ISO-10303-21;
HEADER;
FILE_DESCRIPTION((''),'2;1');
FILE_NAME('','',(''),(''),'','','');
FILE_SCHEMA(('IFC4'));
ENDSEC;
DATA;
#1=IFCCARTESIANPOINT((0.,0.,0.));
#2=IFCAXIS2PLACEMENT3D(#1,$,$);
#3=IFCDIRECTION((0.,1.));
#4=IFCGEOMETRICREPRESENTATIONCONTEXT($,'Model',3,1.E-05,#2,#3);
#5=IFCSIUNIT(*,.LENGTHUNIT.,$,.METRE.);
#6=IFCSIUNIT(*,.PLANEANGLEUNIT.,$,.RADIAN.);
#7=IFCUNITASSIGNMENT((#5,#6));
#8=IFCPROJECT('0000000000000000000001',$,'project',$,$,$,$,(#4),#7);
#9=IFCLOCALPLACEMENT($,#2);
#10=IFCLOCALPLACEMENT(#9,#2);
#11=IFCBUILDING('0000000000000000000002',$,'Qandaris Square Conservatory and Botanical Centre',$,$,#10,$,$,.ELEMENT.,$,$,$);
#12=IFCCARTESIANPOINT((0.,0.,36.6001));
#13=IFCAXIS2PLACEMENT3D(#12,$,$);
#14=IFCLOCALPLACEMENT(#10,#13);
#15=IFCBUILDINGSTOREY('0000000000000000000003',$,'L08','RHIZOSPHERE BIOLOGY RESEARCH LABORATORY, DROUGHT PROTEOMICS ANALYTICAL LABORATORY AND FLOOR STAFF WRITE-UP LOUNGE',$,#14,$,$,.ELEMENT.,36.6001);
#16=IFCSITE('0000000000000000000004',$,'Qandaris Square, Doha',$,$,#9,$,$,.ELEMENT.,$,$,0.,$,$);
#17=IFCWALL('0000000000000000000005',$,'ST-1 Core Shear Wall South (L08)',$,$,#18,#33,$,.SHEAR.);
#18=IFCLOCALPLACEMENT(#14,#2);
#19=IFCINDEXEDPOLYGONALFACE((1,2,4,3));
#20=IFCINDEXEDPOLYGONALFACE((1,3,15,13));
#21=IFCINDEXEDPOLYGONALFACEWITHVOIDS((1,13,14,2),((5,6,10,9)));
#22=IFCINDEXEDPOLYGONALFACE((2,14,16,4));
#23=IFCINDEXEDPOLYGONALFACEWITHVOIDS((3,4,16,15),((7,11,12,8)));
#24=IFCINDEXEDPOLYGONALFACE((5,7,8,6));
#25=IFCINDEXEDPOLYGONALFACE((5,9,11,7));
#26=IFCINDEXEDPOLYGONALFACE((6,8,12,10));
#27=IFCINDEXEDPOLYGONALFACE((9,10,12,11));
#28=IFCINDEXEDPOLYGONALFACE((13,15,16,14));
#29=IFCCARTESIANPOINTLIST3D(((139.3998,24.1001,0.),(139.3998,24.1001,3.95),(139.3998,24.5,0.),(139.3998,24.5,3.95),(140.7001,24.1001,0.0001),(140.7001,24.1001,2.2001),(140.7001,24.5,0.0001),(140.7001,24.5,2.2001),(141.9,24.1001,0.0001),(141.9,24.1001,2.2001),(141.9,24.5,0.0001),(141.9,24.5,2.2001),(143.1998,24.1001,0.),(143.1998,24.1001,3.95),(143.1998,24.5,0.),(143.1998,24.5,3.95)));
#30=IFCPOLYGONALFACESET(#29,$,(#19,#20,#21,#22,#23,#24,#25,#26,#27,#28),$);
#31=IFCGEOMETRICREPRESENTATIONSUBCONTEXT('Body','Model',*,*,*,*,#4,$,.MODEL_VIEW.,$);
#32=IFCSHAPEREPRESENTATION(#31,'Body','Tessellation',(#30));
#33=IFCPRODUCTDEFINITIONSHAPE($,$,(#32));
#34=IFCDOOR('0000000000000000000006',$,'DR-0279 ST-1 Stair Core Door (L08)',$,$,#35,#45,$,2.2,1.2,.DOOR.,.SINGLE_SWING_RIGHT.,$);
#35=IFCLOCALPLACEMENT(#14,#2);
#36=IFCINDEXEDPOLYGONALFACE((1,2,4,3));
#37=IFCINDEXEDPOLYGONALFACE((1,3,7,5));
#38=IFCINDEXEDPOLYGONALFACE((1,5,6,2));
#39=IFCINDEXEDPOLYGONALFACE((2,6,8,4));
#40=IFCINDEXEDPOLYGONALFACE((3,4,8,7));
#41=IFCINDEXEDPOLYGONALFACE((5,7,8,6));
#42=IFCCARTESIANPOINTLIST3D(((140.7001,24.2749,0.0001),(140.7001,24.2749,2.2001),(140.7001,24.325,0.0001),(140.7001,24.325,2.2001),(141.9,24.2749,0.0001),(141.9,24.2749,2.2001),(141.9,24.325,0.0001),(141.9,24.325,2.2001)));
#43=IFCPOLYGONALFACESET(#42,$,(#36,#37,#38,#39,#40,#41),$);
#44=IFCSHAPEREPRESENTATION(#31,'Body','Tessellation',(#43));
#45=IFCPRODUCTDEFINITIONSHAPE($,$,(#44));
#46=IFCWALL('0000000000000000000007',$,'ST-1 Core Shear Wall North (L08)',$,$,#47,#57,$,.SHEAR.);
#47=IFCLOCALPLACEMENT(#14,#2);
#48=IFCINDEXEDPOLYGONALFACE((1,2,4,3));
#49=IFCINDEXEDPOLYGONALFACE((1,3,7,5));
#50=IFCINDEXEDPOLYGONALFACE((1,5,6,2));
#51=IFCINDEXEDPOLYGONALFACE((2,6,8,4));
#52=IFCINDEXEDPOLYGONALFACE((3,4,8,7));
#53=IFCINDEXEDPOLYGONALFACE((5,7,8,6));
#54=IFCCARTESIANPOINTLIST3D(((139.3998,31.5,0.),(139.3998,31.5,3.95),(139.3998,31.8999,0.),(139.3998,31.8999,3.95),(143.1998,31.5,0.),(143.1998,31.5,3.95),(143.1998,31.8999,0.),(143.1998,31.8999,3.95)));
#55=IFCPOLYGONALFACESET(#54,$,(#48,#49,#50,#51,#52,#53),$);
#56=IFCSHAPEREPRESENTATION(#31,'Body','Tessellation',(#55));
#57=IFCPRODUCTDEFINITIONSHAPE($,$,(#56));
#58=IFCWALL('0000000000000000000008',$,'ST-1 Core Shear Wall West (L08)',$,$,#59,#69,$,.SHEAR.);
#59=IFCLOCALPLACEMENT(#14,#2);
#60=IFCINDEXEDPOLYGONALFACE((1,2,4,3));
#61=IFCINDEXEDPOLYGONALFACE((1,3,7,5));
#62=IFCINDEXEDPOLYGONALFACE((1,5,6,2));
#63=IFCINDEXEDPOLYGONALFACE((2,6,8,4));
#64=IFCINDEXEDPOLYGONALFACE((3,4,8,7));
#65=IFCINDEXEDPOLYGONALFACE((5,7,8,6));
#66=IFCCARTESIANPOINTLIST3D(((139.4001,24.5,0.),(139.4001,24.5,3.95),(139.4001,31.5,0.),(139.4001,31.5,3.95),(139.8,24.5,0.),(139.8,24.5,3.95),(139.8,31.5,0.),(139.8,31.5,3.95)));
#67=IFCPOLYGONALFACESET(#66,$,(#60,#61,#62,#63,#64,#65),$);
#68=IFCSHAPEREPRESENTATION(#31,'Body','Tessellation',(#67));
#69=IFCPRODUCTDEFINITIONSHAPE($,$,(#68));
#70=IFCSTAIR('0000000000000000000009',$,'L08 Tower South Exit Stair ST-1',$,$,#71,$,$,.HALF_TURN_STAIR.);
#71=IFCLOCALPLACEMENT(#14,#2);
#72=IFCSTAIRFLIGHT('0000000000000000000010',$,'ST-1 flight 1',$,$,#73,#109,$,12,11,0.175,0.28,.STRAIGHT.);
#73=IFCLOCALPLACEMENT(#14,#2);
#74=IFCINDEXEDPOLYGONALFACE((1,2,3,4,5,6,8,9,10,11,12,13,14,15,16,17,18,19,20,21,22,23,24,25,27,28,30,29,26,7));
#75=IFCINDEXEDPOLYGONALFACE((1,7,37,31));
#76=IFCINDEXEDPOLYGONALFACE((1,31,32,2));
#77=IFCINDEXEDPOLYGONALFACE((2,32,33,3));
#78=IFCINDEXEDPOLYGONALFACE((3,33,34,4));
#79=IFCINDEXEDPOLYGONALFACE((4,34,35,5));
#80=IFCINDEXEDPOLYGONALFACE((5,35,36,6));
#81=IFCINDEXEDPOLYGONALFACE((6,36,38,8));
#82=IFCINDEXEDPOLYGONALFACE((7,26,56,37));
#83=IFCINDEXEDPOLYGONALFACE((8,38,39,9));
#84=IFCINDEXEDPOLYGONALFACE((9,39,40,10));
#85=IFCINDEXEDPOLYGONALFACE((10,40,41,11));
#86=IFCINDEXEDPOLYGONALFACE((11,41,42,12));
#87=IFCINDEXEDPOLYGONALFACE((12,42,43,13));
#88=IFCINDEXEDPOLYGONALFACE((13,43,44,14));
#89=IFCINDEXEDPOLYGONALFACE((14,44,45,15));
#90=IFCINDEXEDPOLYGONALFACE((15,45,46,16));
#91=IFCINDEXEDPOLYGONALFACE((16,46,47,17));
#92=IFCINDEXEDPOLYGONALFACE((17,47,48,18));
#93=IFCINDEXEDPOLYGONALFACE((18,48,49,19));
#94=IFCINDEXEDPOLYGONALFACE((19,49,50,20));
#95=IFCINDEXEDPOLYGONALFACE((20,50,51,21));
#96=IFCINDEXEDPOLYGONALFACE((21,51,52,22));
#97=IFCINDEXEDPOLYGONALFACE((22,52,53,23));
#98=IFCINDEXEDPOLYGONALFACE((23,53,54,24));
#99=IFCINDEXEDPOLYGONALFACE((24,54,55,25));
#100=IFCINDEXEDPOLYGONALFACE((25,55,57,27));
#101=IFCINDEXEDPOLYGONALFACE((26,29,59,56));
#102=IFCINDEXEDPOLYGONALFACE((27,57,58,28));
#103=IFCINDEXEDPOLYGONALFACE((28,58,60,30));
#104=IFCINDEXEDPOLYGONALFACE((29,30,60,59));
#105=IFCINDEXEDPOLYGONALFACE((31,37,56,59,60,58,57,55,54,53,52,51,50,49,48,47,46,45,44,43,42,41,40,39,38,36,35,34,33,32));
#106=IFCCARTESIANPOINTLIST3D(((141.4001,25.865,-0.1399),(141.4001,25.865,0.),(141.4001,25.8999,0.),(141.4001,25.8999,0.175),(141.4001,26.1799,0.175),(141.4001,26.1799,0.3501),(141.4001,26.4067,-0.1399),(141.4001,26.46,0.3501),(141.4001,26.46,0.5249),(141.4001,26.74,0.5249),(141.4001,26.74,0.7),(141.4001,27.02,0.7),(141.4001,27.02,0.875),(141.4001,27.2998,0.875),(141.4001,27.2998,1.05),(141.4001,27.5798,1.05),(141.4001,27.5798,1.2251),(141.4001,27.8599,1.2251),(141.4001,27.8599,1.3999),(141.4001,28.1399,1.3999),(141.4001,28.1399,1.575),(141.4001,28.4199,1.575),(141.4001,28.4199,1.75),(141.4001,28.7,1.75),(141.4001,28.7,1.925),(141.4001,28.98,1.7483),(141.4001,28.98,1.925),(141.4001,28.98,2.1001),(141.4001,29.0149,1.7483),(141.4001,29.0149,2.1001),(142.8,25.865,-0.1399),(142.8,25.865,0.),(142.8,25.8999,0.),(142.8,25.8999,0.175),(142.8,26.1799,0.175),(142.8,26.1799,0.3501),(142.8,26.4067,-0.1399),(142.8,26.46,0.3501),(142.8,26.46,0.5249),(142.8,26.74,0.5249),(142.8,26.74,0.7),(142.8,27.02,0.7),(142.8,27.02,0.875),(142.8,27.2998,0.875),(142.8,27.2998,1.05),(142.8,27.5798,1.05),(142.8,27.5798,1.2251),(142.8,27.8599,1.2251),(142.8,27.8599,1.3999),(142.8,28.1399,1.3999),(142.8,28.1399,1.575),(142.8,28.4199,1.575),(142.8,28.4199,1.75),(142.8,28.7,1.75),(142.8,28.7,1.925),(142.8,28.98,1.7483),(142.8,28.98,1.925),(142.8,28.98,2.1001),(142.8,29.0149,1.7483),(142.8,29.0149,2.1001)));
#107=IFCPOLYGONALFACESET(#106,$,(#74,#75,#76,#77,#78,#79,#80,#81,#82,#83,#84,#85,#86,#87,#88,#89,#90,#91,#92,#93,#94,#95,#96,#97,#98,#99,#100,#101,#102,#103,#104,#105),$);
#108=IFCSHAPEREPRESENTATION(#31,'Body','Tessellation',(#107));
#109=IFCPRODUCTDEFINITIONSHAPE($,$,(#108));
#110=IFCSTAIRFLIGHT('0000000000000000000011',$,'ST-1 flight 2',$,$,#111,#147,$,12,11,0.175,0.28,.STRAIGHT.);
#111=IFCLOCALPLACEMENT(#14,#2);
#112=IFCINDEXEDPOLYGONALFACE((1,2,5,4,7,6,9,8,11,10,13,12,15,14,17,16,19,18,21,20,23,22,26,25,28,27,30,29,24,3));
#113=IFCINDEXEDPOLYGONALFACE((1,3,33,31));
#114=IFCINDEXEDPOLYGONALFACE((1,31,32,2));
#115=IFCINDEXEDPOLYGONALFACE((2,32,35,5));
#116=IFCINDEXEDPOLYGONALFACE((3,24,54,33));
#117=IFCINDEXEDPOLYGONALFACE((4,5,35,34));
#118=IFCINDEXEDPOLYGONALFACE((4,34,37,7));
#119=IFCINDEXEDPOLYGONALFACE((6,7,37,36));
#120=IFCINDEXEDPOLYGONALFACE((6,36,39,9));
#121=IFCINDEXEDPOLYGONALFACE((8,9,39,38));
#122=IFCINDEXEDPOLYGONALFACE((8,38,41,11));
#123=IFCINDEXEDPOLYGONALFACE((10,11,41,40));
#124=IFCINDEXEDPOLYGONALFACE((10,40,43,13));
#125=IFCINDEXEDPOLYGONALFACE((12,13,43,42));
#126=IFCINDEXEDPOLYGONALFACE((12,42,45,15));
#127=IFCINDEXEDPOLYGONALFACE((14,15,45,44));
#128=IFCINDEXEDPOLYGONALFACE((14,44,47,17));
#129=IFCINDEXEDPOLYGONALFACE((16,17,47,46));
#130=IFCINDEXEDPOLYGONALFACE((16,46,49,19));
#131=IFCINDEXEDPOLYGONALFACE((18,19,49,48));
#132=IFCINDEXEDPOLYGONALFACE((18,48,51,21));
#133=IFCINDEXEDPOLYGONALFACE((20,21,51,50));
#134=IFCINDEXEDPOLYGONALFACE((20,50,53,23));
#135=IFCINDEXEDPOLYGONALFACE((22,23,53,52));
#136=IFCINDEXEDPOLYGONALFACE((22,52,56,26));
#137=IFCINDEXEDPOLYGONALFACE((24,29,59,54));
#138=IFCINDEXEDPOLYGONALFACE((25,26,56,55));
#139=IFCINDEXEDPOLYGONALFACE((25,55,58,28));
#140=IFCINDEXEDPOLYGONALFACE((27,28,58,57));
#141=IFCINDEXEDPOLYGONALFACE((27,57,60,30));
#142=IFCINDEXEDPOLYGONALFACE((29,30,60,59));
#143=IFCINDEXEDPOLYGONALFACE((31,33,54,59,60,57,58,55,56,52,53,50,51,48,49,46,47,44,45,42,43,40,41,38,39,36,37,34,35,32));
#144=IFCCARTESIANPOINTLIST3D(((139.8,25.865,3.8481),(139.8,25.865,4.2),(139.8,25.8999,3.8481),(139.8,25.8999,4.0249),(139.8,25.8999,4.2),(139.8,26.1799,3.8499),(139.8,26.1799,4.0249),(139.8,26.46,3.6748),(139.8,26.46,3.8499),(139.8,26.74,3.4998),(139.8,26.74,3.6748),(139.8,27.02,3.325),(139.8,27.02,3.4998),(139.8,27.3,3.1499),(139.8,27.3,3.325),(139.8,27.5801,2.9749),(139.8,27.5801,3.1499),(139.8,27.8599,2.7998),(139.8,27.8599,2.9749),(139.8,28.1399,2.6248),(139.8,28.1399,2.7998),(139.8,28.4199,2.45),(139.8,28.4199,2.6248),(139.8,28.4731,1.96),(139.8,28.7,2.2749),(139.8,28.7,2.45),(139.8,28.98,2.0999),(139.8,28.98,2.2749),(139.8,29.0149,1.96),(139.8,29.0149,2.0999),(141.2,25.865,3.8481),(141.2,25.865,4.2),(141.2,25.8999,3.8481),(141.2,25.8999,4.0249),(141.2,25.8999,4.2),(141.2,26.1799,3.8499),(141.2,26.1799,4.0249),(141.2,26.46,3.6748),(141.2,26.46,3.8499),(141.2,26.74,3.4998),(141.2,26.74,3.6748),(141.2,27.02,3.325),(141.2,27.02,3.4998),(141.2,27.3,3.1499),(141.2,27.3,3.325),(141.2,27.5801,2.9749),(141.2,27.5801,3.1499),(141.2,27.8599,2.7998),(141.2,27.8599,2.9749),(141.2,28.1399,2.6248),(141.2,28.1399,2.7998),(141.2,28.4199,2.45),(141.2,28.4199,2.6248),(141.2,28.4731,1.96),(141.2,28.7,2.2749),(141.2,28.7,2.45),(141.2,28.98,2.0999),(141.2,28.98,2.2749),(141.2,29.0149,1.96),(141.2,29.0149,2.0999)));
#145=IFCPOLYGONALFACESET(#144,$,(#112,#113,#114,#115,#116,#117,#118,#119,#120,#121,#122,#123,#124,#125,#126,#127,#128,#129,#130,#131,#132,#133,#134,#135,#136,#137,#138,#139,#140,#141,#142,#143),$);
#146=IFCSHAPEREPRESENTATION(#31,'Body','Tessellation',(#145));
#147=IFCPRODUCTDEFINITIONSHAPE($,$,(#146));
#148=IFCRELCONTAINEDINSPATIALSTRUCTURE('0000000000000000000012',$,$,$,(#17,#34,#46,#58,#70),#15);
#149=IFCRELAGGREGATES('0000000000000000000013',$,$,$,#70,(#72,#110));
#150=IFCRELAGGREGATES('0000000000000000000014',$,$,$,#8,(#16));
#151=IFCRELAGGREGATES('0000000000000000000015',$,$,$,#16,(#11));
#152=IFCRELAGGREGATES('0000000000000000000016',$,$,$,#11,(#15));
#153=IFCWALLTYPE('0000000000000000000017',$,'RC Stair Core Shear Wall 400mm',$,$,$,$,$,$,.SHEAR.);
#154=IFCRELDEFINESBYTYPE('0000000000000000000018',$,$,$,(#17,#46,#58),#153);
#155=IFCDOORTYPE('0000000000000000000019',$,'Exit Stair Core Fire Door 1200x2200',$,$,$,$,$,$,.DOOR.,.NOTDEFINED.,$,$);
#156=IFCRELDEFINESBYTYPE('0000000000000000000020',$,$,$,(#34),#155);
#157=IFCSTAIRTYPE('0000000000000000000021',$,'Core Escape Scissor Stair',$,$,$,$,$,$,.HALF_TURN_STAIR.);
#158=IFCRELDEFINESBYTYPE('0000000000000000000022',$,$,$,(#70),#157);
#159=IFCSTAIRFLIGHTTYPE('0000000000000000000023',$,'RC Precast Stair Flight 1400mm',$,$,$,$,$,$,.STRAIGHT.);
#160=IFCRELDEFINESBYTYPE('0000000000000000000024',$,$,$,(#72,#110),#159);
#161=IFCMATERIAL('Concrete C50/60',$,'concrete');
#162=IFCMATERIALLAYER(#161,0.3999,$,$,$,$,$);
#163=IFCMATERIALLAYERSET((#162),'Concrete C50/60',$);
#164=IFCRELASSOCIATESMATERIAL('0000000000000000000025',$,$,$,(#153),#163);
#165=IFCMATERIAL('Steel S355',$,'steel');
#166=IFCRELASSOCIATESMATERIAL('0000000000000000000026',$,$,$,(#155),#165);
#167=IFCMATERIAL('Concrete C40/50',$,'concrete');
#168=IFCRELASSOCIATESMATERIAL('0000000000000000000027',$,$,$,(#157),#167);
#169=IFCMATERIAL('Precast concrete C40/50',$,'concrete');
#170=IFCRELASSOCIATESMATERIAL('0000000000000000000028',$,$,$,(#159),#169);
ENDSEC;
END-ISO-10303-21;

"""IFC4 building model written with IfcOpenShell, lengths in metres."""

from ifc_helpers import new_model, si_unit, direction, frame, frame_2d, origin, place, context, subcontext, project, spatial, polyline, rectangle, outline, extrude, material, layer, layer_set, type_object, element, fill, aggregate, save


model = new_model("IFC4")

# Units and contexts
model_context = context("Model", 3, precision=1e-05, world=origin(), true_north=direction((0.0, 1.0)))
body_context = subcontext(model_context, "Body", "Model", "MODEL_VIEW")
ifc_project = project(units=[si_unit("LENGTHUNIT", "METRE"), si_unit("PLANEANGLEUNIT", "RADIAN")], contexts=[model_context])

# Site, building, storey
site_placement = place(None, origin())
site = spatial("IfcSite", under=ifc_project, at=site_placement, Name="Qandaris Square, Doha", CompositionType="ELEMENT", RefElevation=0.0)
building_placement = place(site_placement, origin())
building = spatial("IfcBuilding", under=site, at=building_placement, Name="Qandaris Square Conservatory and Botanical Centre", CompositionType="ELEMENT")
storey_placement = place(building_placement, frame((0.0, 0.0, 36.6001)))
storey = spatial("IfcBuildingStorey", under=building, at=storey_placement, Name="L08", Description="RHIZOSPHERE BIOLOGY RESEARCH LABORATORY, DROUGHT PROTEOMICS ANALYTICAL LABORATORY AND FLOOR STAFF WRITE-UP LOUNGE", CompositionType="ELEMENT", Elevation=36.6001)

# Shared definitions
ifc_material_1 = material(Name="Concrete C50/60", Category="concrete")

# Shared definitions
ifc_material_2 = material(Name="Steel S355", Category="steel")

# Shared definitions
ifc_material_3 = material(Name="Precast concrete C40/50", Category="concrete")

# Wall, opening, door
ifc_layer_1 = layer(ifc_material_1, 0.3999)
ifc_layer_set_1 = layer_set([ifc_layer_1], Name="Concrete C50/60")
wall_type_1 = type_object("IfcWallType", Name="RC Stair Core Shear Wall 400mm", PredefinedType="SHEAR", material=ifc_layer_set_1)
wall_1_placement = place(storey_placement, frame((139.3999, 24.3, 0.0), z_axis=(0.0, 0.0, 1.0), x_axis=(1.0, 0.0, 0.0)))
wall_1 = element("IfcWall", 1, at=wall_1_placement, inside=storey, type_object=wall_type_1, Name="ST-1 Core Shear Wall South (L08)", PredefinedType="SHEAR", context=body_context, shape_type="SweptSolid", body=[
    extrude(rectangle(XDim=3.8, YDim=0.3999, at=frame_2d((1.8999, 0.0))), origin(), (0.0, 0.0, 1.0), 3.95),
])
opening_1_placement = place(wall_1_placement, frame((1.3, 0.0, 0.0)))
opening_1 = element("IfcOpeningElement", 2, at=opening_1_placement, cuts=wall_1, PredefinedType="OPENING", context=body_context, shape_type="SweptSolid", body=[
    extrude(rectangle(XDim=1.2, YDim=2.2, at=frame_2d((0.6001, 1.1001))), frame((0.0, 0.2119, 0.0), z_axis=(0.0, -1.0, 0.0), x_axis=(1.0, 0.0, 0.0)), (0.0, 0.0, 1.0), 0.4238),
])
door_type = type_object("IfcDoorType", Name="Exit Stair Core Fire Door 1200x2200", OperationType="NOTDEFINED", PredefinedType="DOOR", material=ifc_material_2)
door_placement = place(opening_1_placement, origin())
door = element("IfcDoor", 3, at=door_placement, inside=storey, type_object=door_type, Name="DR-0279 ST-1 Stair Core Door (L08)", OperationType="SINGLE_SWING_RIGHT", OverallHeight=2.2, OverallWidth=1.2, PredefinedType="DOOR", context=body_context, shape_type="SweptSolid", body=[
    extrude(rectangle(XDim=1.2, YDim=2.2, at=frame_2d((0.6001, 1.1001))), frame((0.0, 0.0249, 0.0), z_axis=(0.0, -1.0, 0.0), x_axis=(1.0, 0.0, 0.0)), (0.0, 0.0, 1.0), 0.05),
])
fill(opening_1, door)

# Walls
wall_2_placement = place(storey_placement, frame((139.3999, 31.7, 0.0), z_axis=(0.0, 0.0, 1.0), x_axis=(1.0, 0.0, 0.0)))
element("IfcWall", 4, at=wall_2_placement, inside=storey, type_object=wall_type_1, Name="ST-1 Core Shear Wall North (L08)", PredefinedType="SHEAR", context=body_context, shape_type="SweptSolid", body=[
    extrude(rectangle(XDim=3.8, YDim=0.3999, at=frame_2d((1.8999, 0.0))), origin(), (0.0, 0.0, 1.0), 3.95),
])
wall_3_placement = place(storey_placement, frame((139.6001, 24.5, 0.0), z_axis=(0.0, 0.0, 1.0), x_axis=(0.0, 1.0, 0.0)))
element("IfcWall", 5, at=wall_3_placement, inside=storey, type_object=wall_type_1, Name="ST-1 Core Shear Wall West (L08)", PredefinedType="SHEAR", context=body_context, shape_type="SweptSolid", body=[
    extrude(rectangle(XDim=7.0, YDim=0.3999, at=frame_2d((3.5, 0.0))), origin(), (0.0, 0.0, 1.0), 3.95),
])

# Stair, stair flights
ifc_material_4 = material(Name="Concrete C40/50", Category="concrete")
stair_type = type_object("IfcStairType", Name="Core Escape Scissor Stair", PredefinedType="HALF_TURN_STAIR", material=ifc_material_4)
stair_placement = place(storey_placement, origin())
stair = element("IfcStair", 6, at=stair_placement, inside=storey, type_object=stair_type, Name="L08 Tower South Exit Stair ST-1", PredefinedType="HALF_TURN_STAIR")
stair_flight_type = type_object("IfcStairFlightType", Name="RC Precast Stair Flight 1400mm", PredefinedType="STRAIGHT", material=ifc_material_3)
stair_flight_1_placement = place(storey_placement, frame((142.1001, 25.8999, 0.0), z_axis=(0.0, 0.0, 1.0), x_axis=(0.0, 1.0, 0.0)))
stair_flight_1 = element("IfcStairFlight", 7, at=stair_flight_1_placement, type_object=stair_flight_type, Name="ST-1 flight 1", NumberOfRisers=12, NumberOfTreads=11, PredefinedType="STRAIGHT", RiserHeight=0.175, TreadLength=0.28, context=body_context, shape_type="SweptSolid", body=[
    extrude(outline(polyline([(-0.0349, 0.0), (0.0, 0.0), (0.0, 0.175), (0.28, 0.175), (0.28, 0.3501), (0.5601, 0.3501), (0.5601, 0.5249), (0.8401, 0.5249), (0.8401, 0.7), (1.1201, 0.7), (1.1201, 0.875), (1.3999, 0.875), (1.3999, 1.05), (1.6799, 1.05), (1.6799, 1.2251), (1.96, 1.2251), (1.96, 1.3999), (2.24, 1.3999), (2.24, 1.575), (2.52, 1.575), (2.52, 1.75), (2.8, 1.75), (2.8, 1.925), (3.0801, 1.925), (3.0801, 2.1001), (3.115, 2.1001), (3.115, 1.7483), (3.0801, 1.7483), (0.5068, -0.1399), (-0.0349, -0.1399), (-0.0349, 0.0)])), frame((0.0, 0.7, 0.0), z_axis=(0.0, -1.0, 0.0), x_axis=(1.0, 0.0, 0.0)), (0.0, 0.0, 1.0), 1.3999),
])
stair_flight_2_placement = place(storey_placement, frame((140.5, 28.98, 2.0999), z_axis=(0.0, 0.0, 1.0), x_axis=(0.0, -1.0, 0.0)))
stair_flight_2 = element("IfcStairFlight", 8, at=stair_flight_2_placement, type_object=stair_flight_type, Name="ST-1 flight 2", NumberOfRisers=12, NumberOfTreads=11, PredefinedType="STRAIGHT", RiserHeight=0.175, TreadLength=0.28, context=body_context, shape_type="SweptSolid", body=[
    extrude(outline(polyline([(-0.0349, 0.0), (0.0, 0.0), (0.0, 0.175), (0.28, 0.175), (0.28, 0.3501), (0.5601, 0.3501), (0.5601, 0.5249), (0.8401, 0.5249), (0.8401, 0.7), (1.1201, 0.7), (1.1201, 0.875), (1.3999, 0.875), (1.3999, 1.05), (1.6799, 1.05), (1.6799, 1.2251), (1.96, 1.2251), (1.96, 1.3999), (2.24, 1.3999), (2.24, 1.575), (2.52, 1.575), (2.52, 1.75), (2.8, 1.75), (2.8, 1.925), (3.0801, 1.925), (3.0801, 2.1001), (3.115, 2.1001), (3.115, 1.7483), (3.0801, 1.7483), (0.5068, -0.1399), (-0.0349, -0.1399), (-0.0349, 0.0)])), frame((0.0, 0.7, 0.0), z_axis=(0.0, -1.0, 0.0), x_axis=(1.0, 0.0, 0.0)), (0.0, 0.0, 1.0), 1.3999),
])
aggregate(stair, [stair_flight_1, stair_flight_2])

save(model, "model.ifc")
